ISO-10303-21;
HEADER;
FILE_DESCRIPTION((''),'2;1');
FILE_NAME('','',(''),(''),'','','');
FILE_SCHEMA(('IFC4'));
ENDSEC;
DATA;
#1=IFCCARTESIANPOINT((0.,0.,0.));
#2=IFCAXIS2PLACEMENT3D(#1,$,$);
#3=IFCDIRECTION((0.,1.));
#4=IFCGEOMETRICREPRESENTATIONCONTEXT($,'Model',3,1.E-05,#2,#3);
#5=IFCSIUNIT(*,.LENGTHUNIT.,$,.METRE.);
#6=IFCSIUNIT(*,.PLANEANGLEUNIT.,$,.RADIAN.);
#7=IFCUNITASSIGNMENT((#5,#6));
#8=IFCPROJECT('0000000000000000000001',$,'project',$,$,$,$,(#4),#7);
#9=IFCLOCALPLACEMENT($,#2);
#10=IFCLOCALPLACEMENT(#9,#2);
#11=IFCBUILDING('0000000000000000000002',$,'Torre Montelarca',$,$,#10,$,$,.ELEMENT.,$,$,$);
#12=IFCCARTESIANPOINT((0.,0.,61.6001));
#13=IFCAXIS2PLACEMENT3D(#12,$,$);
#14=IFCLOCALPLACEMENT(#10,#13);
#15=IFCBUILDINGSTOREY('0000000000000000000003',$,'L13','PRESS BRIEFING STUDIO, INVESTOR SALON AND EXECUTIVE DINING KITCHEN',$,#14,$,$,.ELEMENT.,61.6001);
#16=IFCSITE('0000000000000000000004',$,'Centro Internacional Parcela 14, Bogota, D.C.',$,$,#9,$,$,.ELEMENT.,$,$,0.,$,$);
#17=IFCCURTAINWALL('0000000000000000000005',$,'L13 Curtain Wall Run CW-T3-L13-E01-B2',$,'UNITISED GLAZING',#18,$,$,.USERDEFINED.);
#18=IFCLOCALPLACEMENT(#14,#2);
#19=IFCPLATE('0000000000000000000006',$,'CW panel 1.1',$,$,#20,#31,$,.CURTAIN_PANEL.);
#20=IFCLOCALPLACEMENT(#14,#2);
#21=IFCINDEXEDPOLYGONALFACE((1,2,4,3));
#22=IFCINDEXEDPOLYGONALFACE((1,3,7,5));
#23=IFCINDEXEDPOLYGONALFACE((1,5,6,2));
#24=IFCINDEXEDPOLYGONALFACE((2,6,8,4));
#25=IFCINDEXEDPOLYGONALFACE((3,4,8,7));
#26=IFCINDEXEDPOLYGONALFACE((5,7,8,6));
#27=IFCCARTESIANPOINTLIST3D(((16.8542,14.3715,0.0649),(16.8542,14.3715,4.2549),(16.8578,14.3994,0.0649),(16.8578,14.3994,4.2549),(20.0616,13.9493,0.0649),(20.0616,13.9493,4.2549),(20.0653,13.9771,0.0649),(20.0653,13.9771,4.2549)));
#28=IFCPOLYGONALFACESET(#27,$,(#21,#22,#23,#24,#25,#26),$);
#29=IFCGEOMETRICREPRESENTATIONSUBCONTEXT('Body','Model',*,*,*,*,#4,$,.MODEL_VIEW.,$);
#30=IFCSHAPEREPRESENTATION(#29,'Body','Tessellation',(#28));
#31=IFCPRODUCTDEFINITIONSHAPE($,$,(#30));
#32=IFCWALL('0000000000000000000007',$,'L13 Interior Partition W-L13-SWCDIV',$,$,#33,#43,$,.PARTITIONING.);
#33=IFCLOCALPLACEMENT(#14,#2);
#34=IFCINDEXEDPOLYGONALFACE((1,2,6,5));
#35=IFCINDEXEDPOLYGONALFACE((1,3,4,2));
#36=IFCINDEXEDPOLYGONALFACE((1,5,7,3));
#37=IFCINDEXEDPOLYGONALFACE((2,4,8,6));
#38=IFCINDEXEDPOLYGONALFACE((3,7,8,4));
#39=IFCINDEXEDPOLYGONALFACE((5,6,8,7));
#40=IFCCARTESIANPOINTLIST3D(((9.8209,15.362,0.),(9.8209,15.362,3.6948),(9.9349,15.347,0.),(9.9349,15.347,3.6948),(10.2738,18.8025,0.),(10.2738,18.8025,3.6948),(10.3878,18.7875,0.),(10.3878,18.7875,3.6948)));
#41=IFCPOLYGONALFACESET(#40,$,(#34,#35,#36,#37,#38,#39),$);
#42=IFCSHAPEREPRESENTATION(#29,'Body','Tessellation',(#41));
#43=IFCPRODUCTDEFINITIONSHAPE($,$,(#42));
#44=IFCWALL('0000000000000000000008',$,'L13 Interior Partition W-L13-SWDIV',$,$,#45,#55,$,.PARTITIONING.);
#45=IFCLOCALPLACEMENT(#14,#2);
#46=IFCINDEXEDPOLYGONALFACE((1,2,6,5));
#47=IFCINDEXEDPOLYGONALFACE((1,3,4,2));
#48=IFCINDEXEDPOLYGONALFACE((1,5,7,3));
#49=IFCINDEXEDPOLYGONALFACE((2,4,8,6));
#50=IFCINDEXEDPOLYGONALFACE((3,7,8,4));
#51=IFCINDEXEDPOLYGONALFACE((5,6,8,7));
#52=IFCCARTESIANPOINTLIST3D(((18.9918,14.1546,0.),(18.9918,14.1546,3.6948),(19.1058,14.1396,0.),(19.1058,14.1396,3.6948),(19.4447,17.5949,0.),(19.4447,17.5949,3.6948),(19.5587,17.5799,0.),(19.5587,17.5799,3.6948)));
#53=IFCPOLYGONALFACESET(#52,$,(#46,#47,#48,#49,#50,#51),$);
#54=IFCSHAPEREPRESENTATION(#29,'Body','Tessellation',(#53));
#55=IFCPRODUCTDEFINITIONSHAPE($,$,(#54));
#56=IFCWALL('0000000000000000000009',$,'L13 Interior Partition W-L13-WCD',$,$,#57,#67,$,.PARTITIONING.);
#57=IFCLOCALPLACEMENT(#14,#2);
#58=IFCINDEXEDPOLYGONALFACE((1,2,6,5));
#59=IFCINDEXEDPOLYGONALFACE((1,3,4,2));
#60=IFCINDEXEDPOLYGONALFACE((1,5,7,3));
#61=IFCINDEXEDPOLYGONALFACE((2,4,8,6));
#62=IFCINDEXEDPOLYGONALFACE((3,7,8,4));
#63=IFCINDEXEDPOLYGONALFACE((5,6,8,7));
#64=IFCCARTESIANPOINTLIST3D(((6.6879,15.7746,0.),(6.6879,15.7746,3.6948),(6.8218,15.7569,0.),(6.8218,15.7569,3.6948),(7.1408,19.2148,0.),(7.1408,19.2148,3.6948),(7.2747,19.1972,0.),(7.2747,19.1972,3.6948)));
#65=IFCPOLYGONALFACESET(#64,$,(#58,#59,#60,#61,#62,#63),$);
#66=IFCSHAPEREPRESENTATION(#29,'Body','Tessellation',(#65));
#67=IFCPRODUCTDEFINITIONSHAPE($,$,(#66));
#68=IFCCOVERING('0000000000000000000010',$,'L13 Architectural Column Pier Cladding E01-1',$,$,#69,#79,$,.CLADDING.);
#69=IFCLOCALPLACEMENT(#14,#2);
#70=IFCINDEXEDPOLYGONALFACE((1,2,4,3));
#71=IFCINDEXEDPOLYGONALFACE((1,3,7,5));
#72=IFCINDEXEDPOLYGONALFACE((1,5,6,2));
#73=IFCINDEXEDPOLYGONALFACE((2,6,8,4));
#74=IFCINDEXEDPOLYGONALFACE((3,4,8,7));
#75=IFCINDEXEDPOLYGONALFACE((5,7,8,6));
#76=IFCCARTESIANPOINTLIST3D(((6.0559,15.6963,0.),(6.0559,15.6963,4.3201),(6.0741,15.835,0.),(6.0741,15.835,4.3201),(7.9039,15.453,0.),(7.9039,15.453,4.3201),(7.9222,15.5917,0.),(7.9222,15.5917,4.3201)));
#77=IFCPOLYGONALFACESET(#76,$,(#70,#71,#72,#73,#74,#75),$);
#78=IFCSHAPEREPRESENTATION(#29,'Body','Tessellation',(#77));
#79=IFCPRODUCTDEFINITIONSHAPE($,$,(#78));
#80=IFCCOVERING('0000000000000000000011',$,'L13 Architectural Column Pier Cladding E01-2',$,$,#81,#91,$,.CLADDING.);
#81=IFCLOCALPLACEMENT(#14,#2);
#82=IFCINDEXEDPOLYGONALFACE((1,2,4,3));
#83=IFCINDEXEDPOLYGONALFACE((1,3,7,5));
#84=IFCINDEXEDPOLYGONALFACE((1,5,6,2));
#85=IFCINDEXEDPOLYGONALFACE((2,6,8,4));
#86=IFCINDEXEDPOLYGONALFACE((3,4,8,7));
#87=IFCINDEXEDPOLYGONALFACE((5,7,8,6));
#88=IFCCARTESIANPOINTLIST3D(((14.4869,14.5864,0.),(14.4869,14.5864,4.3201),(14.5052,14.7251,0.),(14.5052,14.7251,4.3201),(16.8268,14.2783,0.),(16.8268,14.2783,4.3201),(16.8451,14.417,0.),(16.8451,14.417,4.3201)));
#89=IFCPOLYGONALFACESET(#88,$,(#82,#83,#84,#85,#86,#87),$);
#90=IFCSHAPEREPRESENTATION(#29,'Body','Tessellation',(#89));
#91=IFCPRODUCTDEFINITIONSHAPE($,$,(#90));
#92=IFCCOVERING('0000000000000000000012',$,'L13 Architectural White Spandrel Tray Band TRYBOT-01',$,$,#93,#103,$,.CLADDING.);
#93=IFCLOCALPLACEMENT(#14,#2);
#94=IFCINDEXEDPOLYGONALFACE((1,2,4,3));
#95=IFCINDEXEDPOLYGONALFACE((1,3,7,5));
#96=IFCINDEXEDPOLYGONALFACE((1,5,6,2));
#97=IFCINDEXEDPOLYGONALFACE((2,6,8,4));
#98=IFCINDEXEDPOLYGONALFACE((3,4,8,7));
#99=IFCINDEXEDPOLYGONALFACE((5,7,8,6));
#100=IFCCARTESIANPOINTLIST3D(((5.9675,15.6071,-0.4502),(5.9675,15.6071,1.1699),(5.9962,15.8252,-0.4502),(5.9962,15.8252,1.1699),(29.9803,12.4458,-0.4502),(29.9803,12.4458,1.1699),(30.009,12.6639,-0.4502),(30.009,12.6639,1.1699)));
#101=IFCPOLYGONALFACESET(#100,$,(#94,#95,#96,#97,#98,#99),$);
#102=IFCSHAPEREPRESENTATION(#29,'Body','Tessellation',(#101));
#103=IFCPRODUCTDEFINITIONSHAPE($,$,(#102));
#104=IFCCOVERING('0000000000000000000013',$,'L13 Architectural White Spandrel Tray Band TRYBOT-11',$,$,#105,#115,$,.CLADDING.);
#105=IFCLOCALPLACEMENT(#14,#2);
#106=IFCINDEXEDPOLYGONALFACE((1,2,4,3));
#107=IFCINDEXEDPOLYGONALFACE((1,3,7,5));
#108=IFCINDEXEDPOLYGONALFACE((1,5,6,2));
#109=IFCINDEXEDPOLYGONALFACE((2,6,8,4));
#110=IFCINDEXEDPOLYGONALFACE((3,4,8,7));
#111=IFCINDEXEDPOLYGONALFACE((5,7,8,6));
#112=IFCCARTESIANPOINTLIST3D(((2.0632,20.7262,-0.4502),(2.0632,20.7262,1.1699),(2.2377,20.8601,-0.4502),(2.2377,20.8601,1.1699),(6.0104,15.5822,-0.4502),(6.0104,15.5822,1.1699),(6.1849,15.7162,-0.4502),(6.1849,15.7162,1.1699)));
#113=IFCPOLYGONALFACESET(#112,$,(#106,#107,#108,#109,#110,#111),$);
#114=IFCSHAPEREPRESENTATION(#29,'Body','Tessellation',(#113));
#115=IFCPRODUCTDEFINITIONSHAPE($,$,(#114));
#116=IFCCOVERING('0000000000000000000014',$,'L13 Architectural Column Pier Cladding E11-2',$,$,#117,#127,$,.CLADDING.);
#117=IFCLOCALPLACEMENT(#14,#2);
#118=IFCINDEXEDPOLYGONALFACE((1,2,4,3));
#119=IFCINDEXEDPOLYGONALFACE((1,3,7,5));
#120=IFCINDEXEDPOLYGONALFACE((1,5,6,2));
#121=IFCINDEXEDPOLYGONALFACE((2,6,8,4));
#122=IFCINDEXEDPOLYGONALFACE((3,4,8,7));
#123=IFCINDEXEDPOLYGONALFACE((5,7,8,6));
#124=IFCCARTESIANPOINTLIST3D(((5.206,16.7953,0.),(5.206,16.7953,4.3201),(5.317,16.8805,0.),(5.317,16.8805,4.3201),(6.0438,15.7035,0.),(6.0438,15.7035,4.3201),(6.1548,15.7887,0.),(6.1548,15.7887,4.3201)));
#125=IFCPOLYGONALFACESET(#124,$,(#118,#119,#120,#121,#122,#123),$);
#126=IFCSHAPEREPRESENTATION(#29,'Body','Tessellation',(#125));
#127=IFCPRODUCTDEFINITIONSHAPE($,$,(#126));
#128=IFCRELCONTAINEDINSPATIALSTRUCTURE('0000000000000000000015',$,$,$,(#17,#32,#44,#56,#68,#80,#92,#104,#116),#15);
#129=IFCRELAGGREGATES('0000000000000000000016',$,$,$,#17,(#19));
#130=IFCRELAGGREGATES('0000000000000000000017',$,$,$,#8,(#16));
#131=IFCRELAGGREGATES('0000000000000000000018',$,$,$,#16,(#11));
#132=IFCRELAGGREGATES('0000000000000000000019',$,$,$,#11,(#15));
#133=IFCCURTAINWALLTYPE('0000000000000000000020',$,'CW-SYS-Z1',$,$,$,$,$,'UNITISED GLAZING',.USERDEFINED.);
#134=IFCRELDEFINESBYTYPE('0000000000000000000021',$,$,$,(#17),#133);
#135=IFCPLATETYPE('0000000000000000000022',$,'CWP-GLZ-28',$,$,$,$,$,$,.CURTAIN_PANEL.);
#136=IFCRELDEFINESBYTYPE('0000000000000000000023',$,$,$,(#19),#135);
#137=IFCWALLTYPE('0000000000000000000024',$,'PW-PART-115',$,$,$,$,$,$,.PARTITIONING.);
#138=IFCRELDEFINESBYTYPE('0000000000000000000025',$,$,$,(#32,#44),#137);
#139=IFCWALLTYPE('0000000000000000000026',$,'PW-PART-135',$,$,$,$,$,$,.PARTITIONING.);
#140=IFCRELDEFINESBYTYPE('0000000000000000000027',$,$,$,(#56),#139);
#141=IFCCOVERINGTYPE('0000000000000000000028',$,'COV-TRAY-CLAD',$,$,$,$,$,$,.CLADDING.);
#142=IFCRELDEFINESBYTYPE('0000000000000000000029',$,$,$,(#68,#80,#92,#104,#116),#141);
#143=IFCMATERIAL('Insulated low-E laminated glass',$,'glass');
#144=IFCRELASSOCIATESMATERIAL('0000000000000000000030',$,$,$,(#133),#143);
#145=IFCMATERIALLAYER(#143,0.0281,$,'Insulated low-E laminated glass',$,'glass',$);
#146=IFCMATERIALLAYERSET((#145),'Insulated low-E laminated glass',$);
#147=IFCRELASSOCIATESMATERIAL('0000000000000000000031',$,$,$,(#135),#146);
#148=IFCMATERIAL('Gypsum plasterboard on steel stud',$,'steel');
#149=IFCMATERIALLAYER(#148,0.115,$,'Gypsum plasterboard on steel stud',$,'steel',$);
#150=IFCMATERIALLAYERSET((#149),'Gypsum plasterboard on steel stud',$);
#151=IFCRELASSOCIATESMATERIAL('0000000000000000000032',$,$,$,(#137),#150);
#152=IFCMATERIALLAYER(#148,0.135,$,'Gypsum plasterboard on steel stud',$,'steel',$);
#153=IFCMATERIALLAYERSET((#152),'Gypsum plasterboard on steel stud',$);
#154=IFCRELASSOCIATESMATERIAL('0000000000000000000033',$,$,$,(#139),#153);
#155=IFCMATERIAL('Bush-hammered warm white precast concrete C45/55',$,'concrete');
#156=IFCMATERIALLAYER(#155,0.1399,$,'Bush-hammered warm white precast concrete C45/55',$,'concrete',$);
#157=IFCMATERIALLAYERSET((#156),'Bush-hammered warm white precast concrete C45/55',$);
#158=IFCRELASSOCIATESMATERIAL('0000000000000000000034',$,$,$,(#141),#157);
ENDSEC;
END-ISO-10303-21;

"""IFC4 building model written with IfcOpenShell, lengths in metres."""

from ifc_helpers import new_model, si_unit, direction, frame, frame_2d, origin, origin_2d, place, context, subcontext, project, spatial, rectangle, extrude, source, transform, mapped, material, layer, layer_set, type_object, element, aggregate, save


model = new_model("IFC4")

# Units and contexts
model_context = context("Model", 3, precision=1e-05, world=origin(), true_north=direction((0.0, 1.0)))
body_context = subcontext(model_context, "Body", "Model", "MODEL_VIEW")
ifc_project = project(units=[si_unit("LENGTHUNIT", "METRE"), si_unit("PLANEANGLEUNIT", "RADIAN")], contexts=[model_context])

# Site, building, storey
site_placement = place(None, origin())
site = spatial("IfcSite", under=ifc_project, at=site_placement, Name="Centro Internacional Parcela 14, Bogota, D.C.", CompositionType="ELEMENT", RefElevation=0.0)
building_placement = place(site_placement, origin())
building = spatial("IfcBuilding", under=site, at=building_placement, Name="Torre Montelarca", CompositionType="ELEMENT")
storey_placement = place(building_placement, frame((0.0, 0.0, 61.6001)))
storey = spatial("IfcBuildingStorey", under=building, at=storey_placement, Name="L13", Description="PRESS BRIEFING STUDIO, INVESTOR SALON AND EXECUTIVE DINING KITCHEN", CompositionType="ELEMENT", Elevation=61.6001)

# Shared definitions
ifc_material_1 = material(Name="Insulated low-E laminated glass", Category="glass")
curtain_wall_type = type_object("IfcCurtainWallType", Name="CW-SYS-Z1", ElementType="UNITISED GLAZING", PredefinedType="USERDEFINED", material=ifc_material_1)

# Curtain wall
curtain_wall_1_placement = place(storey_placement, origin())
curtain_wall_1 = element("IfcCurtainWall", 1, at=curtain_wall_1_placement, inside=storey, type_object=curtain_wall_type, Name="L13 Curtain Wall Run CW-T3-L13-E01-B2", ObjectType="UNITISED GLAZING", PredefinedType="USERDEFINED")

# Plate
ifc_layer_1 = layer(ifc_material_1, 0.0281, Name="Insulated low-E laminated glass", Category="glass")
ifc_layer_set_1 = layer_set([ifc_layer_1], Name="Insulated low-E laminated glass")
plate_type = type_object("IfcPlateType", Name="CWP-GLZ-28", PredefinedType="CURTAIN_PANEL", material=ifc_layer_set_1)
shared_shape_1 = source(origin(), body_context, "Body", "SweptSolid", [
    extrude(rectangle(XDim=3.2351, YDim=0.0281, at=origin_2d()), origin(), (0.0, 0.0, 1.0), 4.1899),
])
plate_1_placement = place(storey_placement, frame((18.4597, 14.1743, 0.0649), z_axis=(0.0, 0.0, 1.0), x_axis=(0.991446, -0.130517, 0.0)))
plate_1 = element("IfcPlate", 2, at=plate_1_placement, type_object=plate_type, Name="CW panel 1.1", PredefinedType="CURTAIN_PANEL", context=body_context, shape_type="MappedRepresentation", body=[
    mapped(shared_shape_1, transform((0.0, 0.0, 0.0), scale=1.0)),
])
aggregate(curtain_wall_1, [plate_1])

# Walls
ifc_material_2 = material(Name="Gypsum plasterboard on steel stud", Category="steel")
ifc_layer_2 = layer(ifc_material_2, 0.115, Name="Gypsum plasterboard on steel stud", Category="steel")
ifc_layer_set_2 = layer_set([ifc_layer_2], Name="Gypsum plasterboard on steel stud")
wall_type_1 = type_object("IfcWallType", Name="PW-PART-115", PredefinedType="PARTITIONING", material=ifc_layer_set_2)
wall_1_placement = place(storey_placement, frame((9.8779, 15.3545, 0.0), z_axis=(0.0, 0.0, 1.0), x_axis=(0.130509, 0.991447, 0.0)))
element("IfcWall", 3, at=wall_1_placement, inside=storey, type_object=wall_type_1, Name="L13 Interior Partition W-L13-SWCDIV", PredefinedType="PARTITIONING", context=body_context, shape_type="SweptSolid", body=[
    extrude(rectangle(XDim=3.4702, YDim=0.115, at=frame_2d((1.7351, 0.0))), origin(), (0.0, 0.0, 1.0), 3.6948),
])
wall_2_placement = place(storey_placement, frame((19.0488, 14.1472, 0.0), z_axis=(0.0, 0.0, 1.0), x_axis=(0.130518, 0.991446, 0.0)))
element("IfcWall", 4, at=wall_2_placement, inside=storey, type_object=wall_type_1, Name="L13 Interior Partition W-L13-SWDIV", PredefinedType="PARTITIONING", context=body_context, shape_type="SweptSolid", body=[
    extrude(rectangle(XDim=3.47, YDim=0.115, at=frame_2d((1.7349, 0.0))), origin(), (0.0, 0.0, 1.0), 3.6948),
])
ifc_layer_3 = layer(ifc_material_2, 0.135, Name="Gypsum plasterboard on steel stud", Category="steel")
ifc_layer_set_3 = layer_set([ifc_layer_3], Name="Gypsum plasterboard on steel stud")
wall_type_2 = type_object("IfcWallType", Name="PW-PART-135", PredefinedType="PARTITIONING", material=ifc_layer_set_3)
wall_3_placement = place(storey_placement, frame((6.7549, 15.7659, 0.0), z_axis=(0.0, 0.0, 1.0), x_axis=(0.130518, 0.991446, 0.0)))
element("IfcWall", 5, at=wall_3_placement, inside=storey, type_object=wall_type_2, Name="L13 Interior Partition W-L13-WCD", PredefinedType="PARTITIONING", context=body_context, shape_type="SweptSolid", body=[
    extrude(rectangle(XDim=3.47, YDim=0.135, at=frame_2d((1.7349, 0.0))), origin(), (0.0, 0.0, 1.0), 3.6948),
])

# Coverings
ifc_material_3 = material(Name="Bush-hammered warm white precast concrete C45/55", Category="concrete")
ifc_layer_4 = layer(ifc_material_3, 0.1399, Name="Bush-hammered warm white precast concrete C45/55", Category="concrete")
ifc_layer_set_4 = layer_set([ifc_layer_4], Name="Bush-hammered warm white precast concrete C45/55")
covering_type = type_object("IfcCoveringType", Name="COV-TRAY-CLAD", PredefinedType="CLADDING", material=ifc_layer_set_4)
shared_shape_2 = source(origin(), body_context, "Body", "SweptSolid", [
    extrude(rectangle(XDim=1.864, YDim=0.1399, at=origin_2d()), origin(), (0.0, 0.0, 1.0), 4.3201),
])
covering_1_placement = place(storey_placement, frame((6.989, 15.644, 0.0), z_axis=(0.0, 0.0, 1.0), x_axis=(0.991445, -0.130523, 0.0)))
element("IfcCovering", 6, at=covering_1_placement, inside=storey, type_object=covering_type, Name="L13 Architectural Column Pier Cladding E01-1", PredefinedType="CLADDING", context=body_context, shape_type="MappedRepresentation", body=[
    mapped(shared_shape_2, transform((0.0, 0.0, 0.0), scale=1.0)),
])
shared_shape_3 = source(origin(), body_context, "Body", "SweptSolid", [
    extrude(rectangle(XDim=2.3601, YDim=0.1399, at=origin_2d()), origin(), (0.0, 0.0, 1.0), 4.3201),
])
covering_2_placement = place(storey_placement, frame((15.666, 14.5017, 0.0), z_axis=(0.0, 0.0, 1.0), x_axis=(0.991445, -0.130523, 0.0)))
element("IfcCovering", 7, at=covering_2_placement, inside=storey, type_object=covering_type, Name="L13 Architectural Column Pier Cladding E01-2", PredefinedType="CLADDING", context=body_context, shape_type="MappedRepresentation", body=[
    mapped(shared_shape_3, transform((0.0, 0.0, 0.0), scale=1.0)),
])
shared_shape_4 = source(origin(), body_context, "Body", "SweptSolid", [
    extrude(rectangle(XDim=24.22, YDim=0.22, at=origin_2d()), origin(), (0.0, 0.0, 1.0), 1.6201),
])
covering_3_placement = place(storey_placement, frame((17.9883, 14.1355, -0.4502), z_axis=(0.0, 0.0, 1.0), x_axis=(0.991445, -0.130523, 0.0)))
element("IfcCovering", 8, at=covering_3_placement, inside=storey, type_object=covering_type, Name="L13 Architectural White Spandrel Tray Band TRYBOT-01", PredefinedType="CLADDING", context=body_context, shape_type="MappedRepresentation", body=[
    mapped(shared_shape_4, transform((0.0, 0.0, 0.0), scale=1.0)),
])
shared_shape_5 = source(origin(), body_context, "Body", "SweptSolid", [
    extrude(rectangle(XDim=6.4839, YDim=0.22, at=origin_2d()), origin(), (0.0, 0.0, 1.0), 1.6201),
])
covering_4_placement = place(storey_placement, frame((4.124, 18.2212, -0.4502), z_axis=(0.0, 0.0, 1.0), x_axis=(0.608766, -0.79335, 0.0)))
element("IfcCovering", 9, at=covering_4_placement, inside=storey, type_object=covering_type, Name="L13 Architectural White Spandrel Tray Band TRYBOT-11", PredefinedType="CLADDING", context=body_context, shape_type="MappedRepresentation", body=[
    mapped(shared_shape_5, transform((0.0, 0.0, 0.0), scale=1.0)),
])
shared_shape_6 = source(origin(), body_context, "Body", "SweptSolid", [
    extrude(rectangle(XDim=1.3762, YDim=0.1399, at=origin_2d()), origin(), (0.0, 0.0, 1.0), 4.3201),
])
covering_5_placement = place(storey_placement, frame((5.6804, 16.292, 0.0), z_axis=(0.0, 0.0, 1.0), x_axis=(0.608774, -0.793344, 0.0)))
element("IfcCovering", 10, at=covering_5_placement, inside=storey, type_object=covering_type, Name="L13 Architectural Column Pier Cladding E11-2", PredefinedType="CLADDING", context=body_context, shape_type="MappedRepresentation", body=[
    mapped(shared_shape_6, transform((0.0, 0.0, 0.0), scale=1.0)),
])

save(model, "model.ifc")
